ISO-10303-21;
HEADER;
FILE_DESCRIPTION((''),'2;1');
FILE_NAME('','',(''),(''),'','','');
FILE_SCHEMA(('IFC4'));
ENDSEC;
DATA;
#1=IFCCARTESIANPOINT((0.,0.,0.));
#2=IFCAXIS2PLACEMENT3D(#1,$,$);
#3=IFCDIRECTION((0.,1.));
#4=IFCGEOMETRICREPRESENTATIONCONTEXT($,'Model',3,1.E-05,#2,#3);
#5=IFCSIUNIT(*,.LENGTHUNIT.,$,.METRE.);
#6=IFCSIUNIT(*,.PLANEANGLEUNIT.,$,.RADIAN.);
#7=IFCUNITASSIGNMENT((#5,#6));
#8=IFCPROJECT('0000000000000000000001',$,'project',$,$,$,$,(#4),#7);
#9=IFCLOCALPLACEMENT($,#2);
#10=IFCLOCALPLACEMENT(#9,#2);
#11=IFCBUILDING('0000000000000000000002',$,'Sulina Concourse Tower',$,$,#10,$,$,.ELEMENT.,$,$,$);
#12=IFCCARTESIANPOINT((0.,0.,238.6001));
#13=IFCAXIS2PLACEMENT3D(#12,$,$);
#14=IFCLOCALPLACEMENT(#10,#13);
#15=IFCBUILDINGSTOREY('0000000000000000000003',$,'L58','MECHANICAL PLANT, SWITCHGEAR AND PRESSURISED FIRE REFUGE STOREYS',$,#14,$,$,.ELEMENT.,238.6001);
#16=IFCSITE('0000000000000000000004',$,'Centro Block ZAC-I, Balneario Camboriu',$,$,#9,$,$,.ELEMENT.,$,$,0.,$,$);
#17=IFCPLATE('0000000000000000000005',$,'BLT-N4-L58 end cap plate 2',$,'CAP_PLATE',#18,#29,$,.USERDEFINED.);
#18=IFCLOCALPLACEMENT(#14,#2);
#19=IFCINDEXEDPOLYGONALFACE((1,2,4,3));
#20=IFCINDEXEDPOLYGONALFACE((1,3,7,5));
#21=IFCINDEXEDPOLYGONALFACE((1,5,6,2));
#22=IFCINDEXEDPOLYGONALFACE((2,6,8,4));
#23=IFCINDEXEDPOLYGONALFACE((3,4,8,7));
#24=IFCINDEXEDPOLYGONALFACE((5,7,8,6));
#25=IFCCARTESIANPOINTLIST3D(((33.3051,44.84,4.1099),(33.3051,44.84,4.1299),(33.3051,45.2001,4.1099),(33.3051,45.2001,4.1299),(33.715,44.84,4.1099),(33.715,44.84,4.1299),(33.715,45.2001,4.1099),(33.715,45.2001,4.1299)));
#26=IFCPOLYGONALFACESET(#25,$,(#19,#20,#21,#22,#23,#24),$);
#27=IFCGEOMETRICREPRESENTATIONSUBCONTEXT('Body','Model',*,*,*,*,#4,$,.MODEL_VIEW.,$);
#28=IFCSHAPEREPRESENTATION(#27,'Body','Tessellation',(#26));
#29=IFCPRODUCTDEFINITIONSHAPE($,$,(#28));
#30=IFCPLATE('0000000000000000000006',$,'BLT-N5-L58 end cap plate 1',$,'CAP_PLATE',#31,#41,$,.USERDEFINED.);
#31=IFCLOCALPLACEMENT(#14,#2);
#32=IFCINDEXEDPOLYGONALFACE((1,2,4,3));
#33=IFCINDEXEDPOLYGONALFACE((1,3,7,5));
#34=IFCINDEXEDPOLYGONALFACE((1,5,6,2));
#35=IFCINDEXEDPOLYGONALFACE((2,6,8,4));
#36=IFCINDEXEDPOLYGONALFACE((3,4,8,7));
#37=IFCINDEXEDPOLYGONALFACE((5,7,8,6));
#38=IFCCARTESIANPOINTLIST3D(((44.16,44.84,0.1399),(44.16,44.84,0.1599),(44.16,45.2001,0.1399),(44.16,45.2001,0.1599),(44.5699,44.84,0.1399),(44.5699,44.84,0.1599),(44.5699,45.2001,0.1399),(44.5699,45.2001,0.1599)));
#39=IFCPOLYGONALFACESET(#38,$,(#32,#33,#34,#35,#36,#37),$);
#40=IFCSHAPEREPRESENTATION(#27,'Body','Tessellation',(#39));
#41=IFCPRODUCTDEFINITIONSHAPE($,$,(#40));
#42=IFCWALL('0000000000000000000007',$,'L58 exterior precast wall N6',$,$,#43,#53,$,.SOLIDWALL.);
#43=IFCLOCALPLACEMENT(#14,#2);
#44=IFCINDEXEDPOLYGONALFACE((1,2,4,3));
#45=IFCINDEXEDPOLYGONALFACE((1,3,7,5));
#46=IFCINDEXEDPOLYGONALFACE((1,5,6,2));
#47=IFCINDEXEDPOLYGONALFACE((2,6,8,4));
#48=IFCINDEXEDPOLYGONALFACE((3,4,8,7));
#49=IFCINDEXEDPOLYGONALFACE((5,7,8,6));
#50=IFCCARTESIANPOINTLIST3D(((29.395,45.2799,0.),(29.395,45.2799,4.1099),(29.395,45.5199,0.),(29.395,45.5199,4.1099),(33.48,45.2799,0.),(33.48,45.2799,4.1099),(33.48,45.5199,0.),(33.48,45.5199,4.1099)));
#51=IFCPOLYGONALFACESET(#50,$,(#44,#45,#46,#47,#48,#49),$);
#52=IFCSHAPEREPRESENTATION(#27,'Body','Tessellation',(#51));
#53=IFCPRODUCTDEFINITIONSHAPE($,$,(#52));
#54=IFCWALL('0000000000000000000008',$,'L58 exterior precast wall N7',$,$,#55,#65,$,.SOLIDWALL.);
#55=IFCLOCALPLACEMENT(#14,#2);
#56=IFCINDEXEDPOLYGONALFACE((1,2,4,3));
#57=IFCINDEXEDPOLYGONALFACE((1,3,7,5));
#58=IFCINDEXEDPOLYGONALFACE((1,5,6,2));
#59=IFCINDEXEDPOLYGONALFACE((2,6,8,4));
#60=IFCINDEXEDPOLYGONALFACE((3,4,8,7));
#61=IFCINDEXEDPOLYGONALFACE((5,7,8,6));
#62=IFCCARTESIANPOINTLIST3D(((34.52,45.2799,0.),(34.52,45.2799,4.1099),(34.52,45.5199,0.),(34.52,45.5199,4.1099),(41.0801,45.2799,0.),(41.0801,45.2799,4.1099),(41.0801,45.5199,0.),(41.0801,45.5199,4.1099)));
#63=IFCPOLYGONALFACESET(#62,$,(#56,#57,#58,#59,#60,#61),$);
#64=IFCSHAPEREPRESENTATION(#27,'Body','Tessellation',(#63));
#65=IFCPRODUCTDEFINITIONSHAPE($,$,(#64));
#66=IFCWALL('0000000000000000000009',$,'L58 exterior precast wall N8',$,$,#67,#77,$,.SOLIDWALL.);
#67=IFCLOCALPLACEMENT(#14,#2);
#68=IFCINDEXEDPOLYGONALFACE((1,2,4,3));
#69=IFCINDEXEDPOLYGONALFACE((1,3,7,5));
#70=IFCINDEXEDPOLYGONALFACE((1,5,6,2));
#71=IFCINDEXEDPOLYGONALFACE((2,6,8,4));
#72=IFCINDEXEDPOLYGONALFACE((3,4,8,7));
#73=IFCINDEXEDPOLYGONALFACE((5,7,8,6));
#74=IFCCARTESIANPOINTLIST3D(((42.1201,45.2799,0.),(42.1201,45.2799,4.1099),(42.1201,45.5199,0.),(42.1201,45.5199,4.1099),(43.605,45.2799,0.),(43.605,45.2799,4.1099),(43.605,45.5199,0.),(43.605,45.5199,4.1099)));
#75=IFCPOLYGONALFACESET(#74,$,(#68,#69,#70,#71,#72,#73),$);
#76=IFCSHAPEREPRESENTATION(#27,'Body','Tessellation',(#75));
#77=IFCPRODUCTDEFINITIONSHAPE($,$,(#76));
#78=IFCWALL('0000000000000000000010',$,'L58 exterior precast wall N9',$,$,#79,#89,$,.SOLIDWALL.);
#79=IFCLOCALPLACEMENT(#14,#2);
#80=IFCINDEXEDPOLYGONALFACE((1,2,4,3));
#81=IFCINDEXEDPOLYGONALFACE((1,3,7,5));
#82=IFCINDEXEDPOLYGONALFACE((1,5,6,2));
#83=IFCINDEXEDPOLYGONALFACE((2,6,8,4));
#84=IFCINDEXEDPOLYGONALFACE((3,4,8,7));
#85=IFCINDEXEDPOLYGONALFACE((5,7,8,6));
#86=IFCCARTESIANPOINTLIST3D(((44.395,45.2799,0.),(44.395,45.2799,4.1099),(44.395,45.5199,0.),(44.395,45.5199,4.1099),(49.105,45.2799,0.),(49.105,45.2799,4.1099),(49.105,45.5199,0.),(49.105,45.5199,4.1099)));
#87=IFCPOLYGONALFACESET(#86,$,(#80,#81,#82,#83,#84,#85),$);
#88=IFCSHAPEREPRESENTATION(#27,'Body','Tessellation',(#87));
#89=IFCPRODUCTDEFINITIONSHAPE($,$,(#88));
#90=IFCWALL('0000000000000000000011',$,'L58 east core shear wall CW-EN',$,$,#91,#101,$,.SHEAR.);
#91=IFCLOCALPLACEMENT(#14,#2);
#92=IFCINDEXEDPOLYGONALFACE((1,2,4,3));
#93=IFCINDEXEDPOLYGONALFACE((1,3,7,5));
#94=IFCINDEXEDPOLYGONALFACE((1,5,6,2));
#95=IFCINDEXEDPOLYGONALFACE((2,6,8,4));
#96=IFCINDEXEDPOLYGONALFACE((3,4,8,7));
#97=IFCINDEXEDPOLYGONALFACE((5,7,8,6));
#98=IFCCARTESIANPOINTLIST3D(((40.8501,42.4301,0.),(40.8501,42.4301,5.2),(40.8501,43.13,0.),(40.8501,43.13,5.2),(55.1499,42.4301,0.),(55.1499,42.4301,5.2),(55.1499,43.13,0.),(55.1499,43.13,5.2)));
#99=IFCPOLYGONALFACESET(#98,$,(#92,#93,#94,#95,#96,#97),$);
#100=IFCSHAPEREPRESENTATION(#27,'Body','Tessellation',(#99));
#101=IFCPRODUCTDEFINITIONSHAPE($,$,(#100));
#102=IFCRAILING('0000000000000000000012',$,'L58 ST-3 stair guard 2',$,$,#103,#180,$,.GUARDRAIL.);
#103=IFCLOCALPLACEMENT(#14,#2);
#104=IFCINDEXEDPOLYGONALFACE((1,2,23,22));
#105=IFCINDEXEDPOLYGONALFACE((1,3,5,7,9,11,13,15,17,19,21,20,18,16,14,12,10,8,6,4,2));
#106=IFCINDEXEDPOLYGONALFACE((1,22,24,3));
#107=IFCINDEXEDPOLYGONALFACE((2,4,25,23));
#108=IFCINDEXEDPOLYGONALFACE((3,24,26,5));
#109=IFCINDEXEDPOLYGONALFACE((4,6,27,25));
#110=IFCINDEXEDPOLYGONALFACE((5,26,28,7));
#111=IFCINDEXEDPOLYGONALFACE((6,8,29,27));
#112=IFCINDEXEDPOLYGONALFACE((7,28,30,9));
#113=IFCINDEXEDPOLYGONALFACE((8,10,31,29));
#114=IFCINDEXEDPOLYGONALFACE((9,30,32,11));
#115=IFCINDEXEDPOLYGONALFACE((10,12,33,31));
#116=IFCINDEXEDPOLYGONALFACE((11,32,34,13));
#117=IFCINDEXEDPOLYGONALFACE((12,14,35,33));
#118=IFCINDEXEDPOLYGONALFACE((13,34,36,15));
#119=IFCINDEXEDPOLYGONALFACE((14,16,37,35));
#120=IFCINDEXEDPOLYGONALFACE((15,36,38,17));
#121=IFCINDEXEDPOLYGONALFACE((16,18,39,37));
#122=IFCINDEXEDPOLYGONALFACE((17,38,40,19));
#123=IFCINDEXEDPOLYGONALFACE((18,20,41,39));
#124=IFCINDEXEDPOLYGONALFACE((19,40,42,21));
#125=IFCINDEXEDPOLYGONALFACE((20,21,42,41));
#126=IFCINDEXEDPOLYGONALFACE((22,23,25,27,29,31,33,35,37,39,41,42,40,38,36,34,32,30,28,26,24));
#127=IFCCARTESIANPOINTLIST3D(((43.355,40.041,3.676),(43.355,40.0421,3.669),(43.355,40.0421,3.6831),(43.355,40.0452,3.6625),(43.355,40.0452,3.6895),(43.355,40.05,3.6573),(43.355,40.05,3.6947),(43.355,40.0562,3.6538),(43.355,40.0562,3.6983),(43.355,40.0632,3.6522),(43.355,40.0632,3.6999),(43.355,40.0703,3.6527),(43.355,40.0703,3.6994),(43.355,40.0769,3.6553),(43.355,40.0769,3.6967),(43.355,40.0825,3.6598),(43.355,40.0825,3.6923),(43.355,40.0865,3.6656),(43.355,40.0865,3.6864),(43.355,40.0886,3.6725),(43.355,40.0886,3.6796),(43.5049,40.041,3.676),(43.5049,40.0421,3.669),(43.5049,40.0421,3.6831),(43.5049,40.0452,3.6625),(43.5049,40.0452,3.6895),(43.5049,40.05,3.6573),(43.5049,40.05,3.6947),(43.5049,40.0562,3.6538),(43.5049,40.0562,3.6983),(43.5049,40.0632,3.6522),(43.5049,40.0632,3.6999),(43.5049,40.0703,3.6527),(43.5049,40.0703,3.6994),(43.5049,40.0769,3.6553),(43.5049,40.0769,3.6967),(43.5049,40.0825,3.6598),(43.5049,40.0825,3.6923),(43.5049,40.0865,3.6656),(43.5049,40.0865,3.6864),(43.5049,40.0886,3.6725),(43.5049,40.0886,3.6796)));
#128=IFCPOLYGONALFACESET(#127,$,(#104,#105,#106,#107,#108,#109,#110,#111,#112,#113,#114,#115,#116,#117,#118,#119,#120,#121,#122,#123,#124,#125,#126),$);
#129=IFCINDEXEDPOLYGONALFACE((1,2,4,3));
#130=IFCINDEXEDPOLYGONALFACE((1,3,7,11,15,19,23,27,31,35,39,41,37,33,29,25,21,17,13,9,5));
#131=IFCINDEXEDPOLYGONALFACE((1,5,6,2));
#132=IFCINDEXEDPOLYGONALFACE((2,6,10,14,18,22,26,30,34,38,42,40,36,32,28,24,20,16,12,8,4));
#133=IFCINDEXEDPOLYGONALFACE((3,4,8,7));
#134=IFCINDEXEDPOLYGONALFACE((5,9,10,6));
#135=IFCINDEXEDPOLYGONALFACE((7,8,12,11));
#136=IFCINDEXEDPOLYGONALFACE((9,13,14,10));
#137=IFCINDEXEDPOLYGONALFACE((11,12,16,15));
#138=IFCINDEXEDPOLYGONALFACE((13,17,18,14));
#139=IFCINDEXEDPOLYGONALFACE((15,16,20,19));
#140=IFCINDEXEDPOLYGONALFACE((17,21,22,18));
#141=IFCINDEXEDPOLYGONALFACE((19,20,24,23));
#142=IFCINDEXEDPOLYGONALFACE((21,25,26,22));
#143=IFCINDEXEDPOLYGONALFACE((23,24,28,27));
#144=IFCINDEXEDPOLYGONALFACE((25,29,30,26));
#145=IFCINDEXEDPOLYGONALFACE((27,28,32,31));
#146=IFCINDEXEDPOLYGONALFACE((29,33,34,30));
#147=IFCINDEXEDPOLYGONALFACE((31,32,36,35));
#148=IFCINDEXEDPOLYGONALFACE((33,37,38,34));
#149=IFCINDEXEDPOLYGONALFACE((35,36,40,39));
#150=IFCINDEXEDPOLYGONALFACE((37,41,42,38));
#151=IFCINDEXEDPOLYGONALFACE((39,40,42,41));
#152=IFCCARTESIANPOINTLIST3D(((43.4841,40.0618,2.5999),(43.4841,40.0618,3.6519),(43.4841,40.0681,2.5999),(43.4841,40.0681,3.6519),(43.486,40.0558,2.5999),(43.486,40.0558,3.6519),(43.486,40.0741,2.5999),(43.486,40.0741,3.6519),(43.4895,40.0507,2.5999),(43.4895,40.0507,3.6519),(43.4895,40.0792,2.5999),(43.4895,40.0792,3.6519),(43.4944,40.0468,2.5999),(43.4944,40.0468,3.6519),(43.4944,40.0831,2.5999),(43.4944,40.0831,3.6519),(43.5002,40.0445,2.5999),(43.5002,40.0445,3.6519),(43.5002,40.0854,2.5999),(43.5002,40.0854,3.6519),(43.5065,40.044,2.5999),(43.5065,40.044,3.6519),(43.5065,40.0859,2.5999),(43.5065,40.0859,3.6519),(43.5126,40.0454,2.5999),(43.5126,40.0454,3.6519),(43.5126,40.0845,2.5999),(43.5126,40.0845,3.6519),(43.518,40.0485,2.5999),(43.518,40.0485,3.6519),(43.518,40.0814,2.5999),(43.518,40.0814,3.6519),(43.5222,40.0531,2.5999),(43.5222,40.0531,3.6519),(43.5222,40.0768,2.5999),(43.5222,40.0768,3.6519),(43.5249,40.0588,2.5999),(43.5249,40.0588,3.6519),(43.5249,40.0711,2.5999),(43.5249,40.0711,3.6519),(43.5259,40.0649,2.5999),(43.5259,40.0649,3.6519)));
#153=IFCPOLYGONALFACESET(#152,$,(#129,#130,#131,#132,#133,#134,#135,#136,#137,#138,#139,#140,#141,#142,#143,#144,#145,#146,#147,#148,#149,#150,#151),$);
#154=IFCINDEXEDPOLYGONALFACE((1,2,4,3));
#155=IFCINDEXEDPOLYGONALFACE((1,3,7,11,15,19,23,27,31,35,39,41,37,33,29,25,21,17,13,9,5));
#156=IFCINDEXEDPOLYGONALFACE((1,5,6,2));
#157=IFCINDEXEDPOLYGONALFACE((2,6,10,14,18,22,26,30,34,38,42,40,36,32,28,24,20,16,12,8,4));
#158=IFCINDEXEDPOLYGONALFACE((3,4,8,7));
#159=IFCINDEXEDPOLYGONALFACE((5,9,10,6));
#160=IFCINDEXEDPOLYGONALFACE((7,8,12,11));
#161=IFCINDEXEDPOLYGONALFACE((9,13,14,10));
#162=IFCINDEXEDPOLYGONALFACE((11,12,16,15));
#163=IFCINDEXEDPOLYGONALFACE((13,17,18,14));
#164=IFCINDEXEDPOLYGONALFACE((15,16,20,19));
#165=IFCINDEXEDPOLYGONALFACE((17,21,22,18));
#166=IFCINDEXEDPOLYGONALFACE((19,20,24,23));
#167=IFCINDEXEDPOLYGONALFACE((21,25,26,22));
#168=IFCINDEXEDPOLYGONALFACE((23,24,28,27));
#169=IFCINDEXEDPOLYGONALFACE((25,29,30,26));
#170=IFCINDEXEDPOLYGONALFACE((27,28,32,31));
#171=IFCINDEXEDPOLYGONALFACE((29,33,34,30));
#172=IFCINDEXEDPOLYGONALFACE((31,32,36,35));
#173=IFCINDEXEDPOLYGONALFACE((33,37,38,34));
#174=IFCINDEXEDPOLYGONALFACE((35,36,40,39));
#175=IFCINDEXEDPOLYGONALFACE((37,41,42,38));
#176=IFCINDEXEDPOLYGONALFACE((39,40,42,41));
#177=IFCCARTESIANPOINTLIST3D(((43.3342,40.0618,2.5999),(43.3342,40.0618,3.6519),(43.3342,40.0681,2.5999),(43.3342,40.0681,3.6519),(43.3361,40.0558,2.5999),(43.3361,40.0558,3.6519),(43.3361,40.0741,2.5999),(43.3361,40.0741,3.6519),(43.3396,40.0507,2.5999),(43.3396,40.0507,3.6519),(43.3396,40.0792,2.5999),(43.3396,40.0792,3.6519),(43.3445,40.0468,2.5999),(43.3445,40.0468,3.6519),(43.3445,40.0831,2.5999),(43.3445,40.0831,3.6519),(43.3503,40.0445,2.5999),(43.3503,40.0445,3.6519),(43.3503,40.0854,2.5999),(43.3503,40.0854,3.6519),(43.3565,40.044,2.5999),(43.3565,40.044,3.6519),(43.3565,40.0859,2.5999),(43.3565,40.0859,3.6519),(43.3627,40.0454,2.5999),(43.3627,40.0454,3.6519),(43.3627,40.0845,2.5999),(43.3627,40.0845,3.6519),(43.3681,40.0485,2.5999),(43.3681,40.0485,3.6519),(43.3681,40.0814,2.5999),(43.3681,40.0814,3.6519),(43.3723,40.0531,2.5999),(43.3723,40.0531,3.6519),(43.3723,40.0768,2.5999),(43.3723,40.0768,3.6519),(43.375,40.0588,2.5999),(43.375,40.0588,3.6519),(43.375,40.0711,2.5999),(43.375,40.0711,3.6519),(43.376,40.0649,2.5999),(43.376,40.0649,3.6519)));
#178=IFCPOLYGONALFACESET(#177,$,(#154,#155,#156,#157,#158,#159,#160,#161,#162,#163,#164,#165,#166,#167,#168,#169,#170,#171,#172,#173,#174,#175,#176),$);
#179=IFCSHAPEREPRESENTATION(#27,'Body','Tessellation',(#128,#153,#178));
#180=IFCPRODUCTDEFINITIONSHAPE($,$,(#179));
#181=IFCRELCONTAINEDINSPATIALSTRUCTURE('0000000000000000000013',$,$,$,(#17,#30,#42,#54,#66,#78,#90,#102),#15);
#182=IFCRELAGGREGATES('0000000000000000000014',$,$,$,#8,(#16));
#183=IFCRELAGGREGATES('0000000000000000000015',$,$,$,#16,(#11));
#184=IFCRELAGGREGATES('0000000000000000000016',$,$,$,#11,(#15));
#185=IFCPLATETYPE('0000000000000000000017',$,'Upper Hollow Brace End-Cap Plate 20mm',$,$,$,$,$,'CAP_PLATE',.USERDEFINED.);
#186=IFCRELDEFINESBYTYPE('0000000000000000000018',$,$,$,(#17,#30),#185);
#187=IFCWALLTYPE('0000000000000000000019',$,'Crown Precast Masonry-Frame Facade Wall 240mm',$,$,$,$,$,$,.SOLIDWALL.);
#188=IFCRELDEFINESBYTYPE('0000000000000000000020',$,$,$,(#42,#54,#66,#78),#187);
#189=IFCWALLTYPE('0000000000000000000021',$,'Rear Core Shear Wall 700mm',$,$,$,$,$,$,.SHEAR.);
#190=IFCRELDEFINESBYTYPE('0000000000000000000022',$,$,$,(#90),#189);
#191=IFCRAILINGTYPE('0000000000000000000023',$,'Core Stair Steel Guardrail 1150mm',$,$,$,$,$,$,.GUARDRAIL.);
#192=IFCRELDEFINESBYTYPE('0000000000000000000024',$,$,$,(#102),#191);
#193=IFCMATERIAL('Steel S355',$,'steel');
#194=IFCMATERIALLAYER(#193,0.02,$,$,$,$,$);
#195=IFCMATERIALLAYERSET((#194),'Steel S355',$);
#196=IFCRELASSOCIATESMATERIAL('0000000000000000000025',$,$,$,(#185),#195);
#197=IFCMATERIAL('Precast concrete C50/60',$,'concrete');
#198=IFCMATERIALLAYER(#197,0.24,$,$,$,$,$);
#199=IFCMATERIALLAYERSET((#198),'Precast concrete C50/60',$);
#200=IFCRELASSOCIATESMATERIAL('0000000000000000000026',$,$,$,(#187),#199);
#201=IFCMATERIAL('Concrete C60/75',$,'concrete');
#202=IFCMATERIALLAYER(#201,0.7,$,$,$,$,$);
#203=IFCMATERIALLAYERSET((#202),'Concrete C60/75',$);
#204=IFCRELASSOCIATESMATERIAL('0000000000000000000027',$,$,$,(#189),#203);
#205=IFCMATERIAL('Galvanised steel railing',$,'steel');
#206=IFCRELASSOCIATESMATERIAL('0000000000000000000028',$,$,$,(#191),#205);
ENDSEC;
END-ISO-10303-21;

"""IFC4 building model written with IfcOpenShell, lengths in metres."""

from ifc_helpers import new_model, si_unit, direction, frame, frame_2d, origin, origin_2d, place, context, subcontext, project, spatial, rectangle, circle, extrude, material, layer, layer_set, type_object, element, save


model = new_model("IFC4")

# Units and contexts
model_context = context("Model", 3, precision=1e-05, world=origin(), true_north=direction((0.0, 1.0)))
body_context = subcontext(model_context, "Body", "Model", "MODEL_VIEW")
ifc_project = project(units=[si_unit("LENGTHUNIT", "METRE"), si_unit("PLANEANGLEUNIT", "RADIAN")], contexts=[model_context])

# Site, building, storey
site_placement = place(None, origin())
site = spatial("IfcSite", under=ifc_project, at=site_placement, Name="Centro Block ZAC-I, Balneario Camboriu", CompositionType="ELEMENT", RefElevation=0.0)
building_placement = place(site_placement, origin())
building = spatial("IfcBuilding", under=site, at=building_placement, Name="Sulina Concourse Tower", CompositionType="ELEMENT")
storey_placement = place(building_placement, frame((0.0, 0.0, 238.6001)))
storey = spatial("IfcBuildingStorey", under=building, at=storey_placement, Name="L58", Description="MECHANICAL PLANT, SWITCHGEAR AND PRESSURISED FIRE REFUGE STOREYS", CompositionType="ELEMENT", Elevation=238.6001)

# Plates
ifc_material_1 = material(Name="Steel S355", Category="steel")
ifc_layer_1 = layer(ifc_material_1, 0.02)
ifc_layer_set_1 = layer_set([ifc_layer_1], Name="Steel S355")
plate_type_1 = type_object("IfcPlateType", Name="Upper Hollow Brace End-Cap Plate 20mm", ElementType="CAP_PLATE", PredefinedType="USERDEFINED", material=ifc_layer_set_1)
for number, where, z_axis, x_axis, name in (
    (1, (33.51, 45.02, 4.1099), (0.0, 0.0, 1.0), (1.0, 0.0, 0.0), "BLT-N4-L58 end cap plate 2"),
    (2, (44.365, 45.02, 0.1399), (0.0, 0.0, 1.0), (1.0, 0.0, 0.0), "BLT-N5-L58 end cap plate 1"),
):
    element("IfcPlate", number, at=place(storey_placement, frame(where, z_axis=z_axis, x_axis=x_axis)), inside=storey, type_object=plate_type_1, Name=name, ObjectType="CAP_PLATE", PredefinedType="USERDEFINED", context=body_context, shape_type="SweptSolid", body=[
        extrude(rectangle(XDim=0.4099, YDim=0.3601, at=origin_2d()), origin(), (0.0, 0.0, 1.0), 0.02),
    ])

# Walls
ifc_material_2 = material(Name="Precast concrete C50/60", Category="concrete")
ifc_layer_2 = layer(ifc_material_2, 0.24)
ifc_layer_set_2 = layer_set([ifc_layer_2], Name="Precast concrete C50/60")
wall_type_1 = type_object("IfcWallType", Name="Crown Precast Masonry-Frame Facade Wall 240mm", PredefinedType="SOLIDWALL", material=ifc_layer_set_2)
wall_1_placement = place(storey_placement, frame((29.395, 45.3999, 0.0), z_axis=(0.0, 0.0, 1.0), x_axis=(1.0, 0.0, 0.0)))
element("IfcWall", 3, at=wall_1_placement, inside=storey, type_object=wall_type_1, Name="L58 exterior precast wall N6", PredefinedType="SOLIDWALL", context=body_context, shape_type="SweptSolid", body=[
    extrude(rectangle(XDim=4.085, YDim=0.24, at=frame_2d((2.0425, 0.0))), origin(), (0.0, 0.0, 1.0), 4.1099),
])
wall_2_placement = place(storey_placement, frame((34.52, 45.3999, 0.0), z_axis=(0.0, 0.0, 1.0), x_axis=(1.0, 0.0, 0.0)))
element("IfcWall", 4, at=wall_2_placement, inside=storey, type_object=wall_type_1, Name="L58 exterior precast wall N7", PredefinedType="SOLIDWALL", context=body_context, shape_type="SweptSolid", body=[
    extrude(rectangle(XDim=6.5601, YDim=0.24, at=frame_2d((3.28, 0.0))), origin(), (0.0, 0.0, 1.0), 4.1099),
])
wall_3_placement = place(storey_placement, frame((42.1201, 45.3999, 0.0), z_axis=(0.0, 0.0, 1.0), x_axis=(1.0, 0.0, 0.0)))
element("IfcWall", 5, at=wall_3_placement, inside=storey, type_object=wall_type_1, Name="L58 exterior precast wall N8", PredefinedType="SOLIDWALL", context=body_context, shape_type="SweptSolid", body=[
    extrude(rectangle(XDim=1.4849, YDim=0.24, at=frame_2d((0.7424, 0.0))), origin(), (0.0, 0.0, 1.0), 4.1099),
])
wall_4_placement = place(storey_placement, frame((44.395, 45.3999, 0.0), z_axis=(0.0, 0.0, 1.0), x_axis=(1.0, 0.0, 0.0)))
element("IfcWall", 6, at=wall_4_placement, inside=storey, type_object=wall_type_1, Name="L58 exterior precast wall N9", PredefinedType="SOLIDWALL", context=body_context, shape_type="SweptSolid", body=[
    extrude(rectangle(XDim=4.71, YDim=0.24, at=frame_2d((2.355, 0.0))), origin(), (0.0, 0.0, 1.0), 4.1099),
])
ifc_material_3 = material(Name="Concrete C60/75", Category="concrete")
ifc_layer_3 = layer(ifc_material_3, 0.7)
ifc_layer_set_3 = layer_set([ifc_layer_3], Name="Concrete C60/75")
wall_type_2 = type_object("IfcWallType", Name="Rear Core Shear Wall 700mm", PredefinedType="SHEAR", material=ifc_layer_set_3)
wall_5_placement = place(storey_placement, frame((40.8501, 42.78, 0.0), z_axis=(0.0, 0.0, 1.0), x_axis=(1.0, 0.0, 0.0)))
element("IfcWall", 7, at=wall_5_placement, inside=storey, type_object=wall_type_2, Name="L58 east core shear wall CW-EN", PredefinedType="SHEAR", context=body_context, shape_type="SweptSolid", body=[
    extrude(rectangle(XDim=14.2998, YDim=0.7, at=frame_2d((7.1499, 0.0))), origin(), (0.0, 0.0, 1.0), 5.2),
])

# Railing
ifc_material_4 = material(Name="Galvanised steel railing", Category="steel")
railing_type = type_object("IfcRailingType", Name="Core Stair Steel Guardrail 1150mm", PredefinedType="GUARDRAIL", material=ifc_material_4)
railing_1_placement = place(storey_placement, frame((43.5049, 40.0649, 2.5999)))
element("IfcRailing", 8, at=railing_1_placement, inside=storey, type_object=railing_type, Name="L58 ST-3 stair guard 2", PredefinedType="GUARDRAIL", context=body_context, shape_type="SweptSolid", body=[
    extrude(circle(Radius=0.0239, at=origin_2d()), frame((0.0, 0.0, 1.0762), z_axis=(-1.0, 0.0, 0.0), x_axis=(0.0, -1.0, 0.0)), (0.0, 0.0, 1.0), 0.1499),
    extrude(circle(Radius=0.021, at=origin_2d()), origin(), (0.0, 0.0, 1.0), 1.052),
    extrude(circle(Radius=0.021, at=origin_2d()), frame((-0.1499, 0.0, 0.0)), (0.0, 0.0, 1.0), 1.052),
])

save(model, "model.ifc")
